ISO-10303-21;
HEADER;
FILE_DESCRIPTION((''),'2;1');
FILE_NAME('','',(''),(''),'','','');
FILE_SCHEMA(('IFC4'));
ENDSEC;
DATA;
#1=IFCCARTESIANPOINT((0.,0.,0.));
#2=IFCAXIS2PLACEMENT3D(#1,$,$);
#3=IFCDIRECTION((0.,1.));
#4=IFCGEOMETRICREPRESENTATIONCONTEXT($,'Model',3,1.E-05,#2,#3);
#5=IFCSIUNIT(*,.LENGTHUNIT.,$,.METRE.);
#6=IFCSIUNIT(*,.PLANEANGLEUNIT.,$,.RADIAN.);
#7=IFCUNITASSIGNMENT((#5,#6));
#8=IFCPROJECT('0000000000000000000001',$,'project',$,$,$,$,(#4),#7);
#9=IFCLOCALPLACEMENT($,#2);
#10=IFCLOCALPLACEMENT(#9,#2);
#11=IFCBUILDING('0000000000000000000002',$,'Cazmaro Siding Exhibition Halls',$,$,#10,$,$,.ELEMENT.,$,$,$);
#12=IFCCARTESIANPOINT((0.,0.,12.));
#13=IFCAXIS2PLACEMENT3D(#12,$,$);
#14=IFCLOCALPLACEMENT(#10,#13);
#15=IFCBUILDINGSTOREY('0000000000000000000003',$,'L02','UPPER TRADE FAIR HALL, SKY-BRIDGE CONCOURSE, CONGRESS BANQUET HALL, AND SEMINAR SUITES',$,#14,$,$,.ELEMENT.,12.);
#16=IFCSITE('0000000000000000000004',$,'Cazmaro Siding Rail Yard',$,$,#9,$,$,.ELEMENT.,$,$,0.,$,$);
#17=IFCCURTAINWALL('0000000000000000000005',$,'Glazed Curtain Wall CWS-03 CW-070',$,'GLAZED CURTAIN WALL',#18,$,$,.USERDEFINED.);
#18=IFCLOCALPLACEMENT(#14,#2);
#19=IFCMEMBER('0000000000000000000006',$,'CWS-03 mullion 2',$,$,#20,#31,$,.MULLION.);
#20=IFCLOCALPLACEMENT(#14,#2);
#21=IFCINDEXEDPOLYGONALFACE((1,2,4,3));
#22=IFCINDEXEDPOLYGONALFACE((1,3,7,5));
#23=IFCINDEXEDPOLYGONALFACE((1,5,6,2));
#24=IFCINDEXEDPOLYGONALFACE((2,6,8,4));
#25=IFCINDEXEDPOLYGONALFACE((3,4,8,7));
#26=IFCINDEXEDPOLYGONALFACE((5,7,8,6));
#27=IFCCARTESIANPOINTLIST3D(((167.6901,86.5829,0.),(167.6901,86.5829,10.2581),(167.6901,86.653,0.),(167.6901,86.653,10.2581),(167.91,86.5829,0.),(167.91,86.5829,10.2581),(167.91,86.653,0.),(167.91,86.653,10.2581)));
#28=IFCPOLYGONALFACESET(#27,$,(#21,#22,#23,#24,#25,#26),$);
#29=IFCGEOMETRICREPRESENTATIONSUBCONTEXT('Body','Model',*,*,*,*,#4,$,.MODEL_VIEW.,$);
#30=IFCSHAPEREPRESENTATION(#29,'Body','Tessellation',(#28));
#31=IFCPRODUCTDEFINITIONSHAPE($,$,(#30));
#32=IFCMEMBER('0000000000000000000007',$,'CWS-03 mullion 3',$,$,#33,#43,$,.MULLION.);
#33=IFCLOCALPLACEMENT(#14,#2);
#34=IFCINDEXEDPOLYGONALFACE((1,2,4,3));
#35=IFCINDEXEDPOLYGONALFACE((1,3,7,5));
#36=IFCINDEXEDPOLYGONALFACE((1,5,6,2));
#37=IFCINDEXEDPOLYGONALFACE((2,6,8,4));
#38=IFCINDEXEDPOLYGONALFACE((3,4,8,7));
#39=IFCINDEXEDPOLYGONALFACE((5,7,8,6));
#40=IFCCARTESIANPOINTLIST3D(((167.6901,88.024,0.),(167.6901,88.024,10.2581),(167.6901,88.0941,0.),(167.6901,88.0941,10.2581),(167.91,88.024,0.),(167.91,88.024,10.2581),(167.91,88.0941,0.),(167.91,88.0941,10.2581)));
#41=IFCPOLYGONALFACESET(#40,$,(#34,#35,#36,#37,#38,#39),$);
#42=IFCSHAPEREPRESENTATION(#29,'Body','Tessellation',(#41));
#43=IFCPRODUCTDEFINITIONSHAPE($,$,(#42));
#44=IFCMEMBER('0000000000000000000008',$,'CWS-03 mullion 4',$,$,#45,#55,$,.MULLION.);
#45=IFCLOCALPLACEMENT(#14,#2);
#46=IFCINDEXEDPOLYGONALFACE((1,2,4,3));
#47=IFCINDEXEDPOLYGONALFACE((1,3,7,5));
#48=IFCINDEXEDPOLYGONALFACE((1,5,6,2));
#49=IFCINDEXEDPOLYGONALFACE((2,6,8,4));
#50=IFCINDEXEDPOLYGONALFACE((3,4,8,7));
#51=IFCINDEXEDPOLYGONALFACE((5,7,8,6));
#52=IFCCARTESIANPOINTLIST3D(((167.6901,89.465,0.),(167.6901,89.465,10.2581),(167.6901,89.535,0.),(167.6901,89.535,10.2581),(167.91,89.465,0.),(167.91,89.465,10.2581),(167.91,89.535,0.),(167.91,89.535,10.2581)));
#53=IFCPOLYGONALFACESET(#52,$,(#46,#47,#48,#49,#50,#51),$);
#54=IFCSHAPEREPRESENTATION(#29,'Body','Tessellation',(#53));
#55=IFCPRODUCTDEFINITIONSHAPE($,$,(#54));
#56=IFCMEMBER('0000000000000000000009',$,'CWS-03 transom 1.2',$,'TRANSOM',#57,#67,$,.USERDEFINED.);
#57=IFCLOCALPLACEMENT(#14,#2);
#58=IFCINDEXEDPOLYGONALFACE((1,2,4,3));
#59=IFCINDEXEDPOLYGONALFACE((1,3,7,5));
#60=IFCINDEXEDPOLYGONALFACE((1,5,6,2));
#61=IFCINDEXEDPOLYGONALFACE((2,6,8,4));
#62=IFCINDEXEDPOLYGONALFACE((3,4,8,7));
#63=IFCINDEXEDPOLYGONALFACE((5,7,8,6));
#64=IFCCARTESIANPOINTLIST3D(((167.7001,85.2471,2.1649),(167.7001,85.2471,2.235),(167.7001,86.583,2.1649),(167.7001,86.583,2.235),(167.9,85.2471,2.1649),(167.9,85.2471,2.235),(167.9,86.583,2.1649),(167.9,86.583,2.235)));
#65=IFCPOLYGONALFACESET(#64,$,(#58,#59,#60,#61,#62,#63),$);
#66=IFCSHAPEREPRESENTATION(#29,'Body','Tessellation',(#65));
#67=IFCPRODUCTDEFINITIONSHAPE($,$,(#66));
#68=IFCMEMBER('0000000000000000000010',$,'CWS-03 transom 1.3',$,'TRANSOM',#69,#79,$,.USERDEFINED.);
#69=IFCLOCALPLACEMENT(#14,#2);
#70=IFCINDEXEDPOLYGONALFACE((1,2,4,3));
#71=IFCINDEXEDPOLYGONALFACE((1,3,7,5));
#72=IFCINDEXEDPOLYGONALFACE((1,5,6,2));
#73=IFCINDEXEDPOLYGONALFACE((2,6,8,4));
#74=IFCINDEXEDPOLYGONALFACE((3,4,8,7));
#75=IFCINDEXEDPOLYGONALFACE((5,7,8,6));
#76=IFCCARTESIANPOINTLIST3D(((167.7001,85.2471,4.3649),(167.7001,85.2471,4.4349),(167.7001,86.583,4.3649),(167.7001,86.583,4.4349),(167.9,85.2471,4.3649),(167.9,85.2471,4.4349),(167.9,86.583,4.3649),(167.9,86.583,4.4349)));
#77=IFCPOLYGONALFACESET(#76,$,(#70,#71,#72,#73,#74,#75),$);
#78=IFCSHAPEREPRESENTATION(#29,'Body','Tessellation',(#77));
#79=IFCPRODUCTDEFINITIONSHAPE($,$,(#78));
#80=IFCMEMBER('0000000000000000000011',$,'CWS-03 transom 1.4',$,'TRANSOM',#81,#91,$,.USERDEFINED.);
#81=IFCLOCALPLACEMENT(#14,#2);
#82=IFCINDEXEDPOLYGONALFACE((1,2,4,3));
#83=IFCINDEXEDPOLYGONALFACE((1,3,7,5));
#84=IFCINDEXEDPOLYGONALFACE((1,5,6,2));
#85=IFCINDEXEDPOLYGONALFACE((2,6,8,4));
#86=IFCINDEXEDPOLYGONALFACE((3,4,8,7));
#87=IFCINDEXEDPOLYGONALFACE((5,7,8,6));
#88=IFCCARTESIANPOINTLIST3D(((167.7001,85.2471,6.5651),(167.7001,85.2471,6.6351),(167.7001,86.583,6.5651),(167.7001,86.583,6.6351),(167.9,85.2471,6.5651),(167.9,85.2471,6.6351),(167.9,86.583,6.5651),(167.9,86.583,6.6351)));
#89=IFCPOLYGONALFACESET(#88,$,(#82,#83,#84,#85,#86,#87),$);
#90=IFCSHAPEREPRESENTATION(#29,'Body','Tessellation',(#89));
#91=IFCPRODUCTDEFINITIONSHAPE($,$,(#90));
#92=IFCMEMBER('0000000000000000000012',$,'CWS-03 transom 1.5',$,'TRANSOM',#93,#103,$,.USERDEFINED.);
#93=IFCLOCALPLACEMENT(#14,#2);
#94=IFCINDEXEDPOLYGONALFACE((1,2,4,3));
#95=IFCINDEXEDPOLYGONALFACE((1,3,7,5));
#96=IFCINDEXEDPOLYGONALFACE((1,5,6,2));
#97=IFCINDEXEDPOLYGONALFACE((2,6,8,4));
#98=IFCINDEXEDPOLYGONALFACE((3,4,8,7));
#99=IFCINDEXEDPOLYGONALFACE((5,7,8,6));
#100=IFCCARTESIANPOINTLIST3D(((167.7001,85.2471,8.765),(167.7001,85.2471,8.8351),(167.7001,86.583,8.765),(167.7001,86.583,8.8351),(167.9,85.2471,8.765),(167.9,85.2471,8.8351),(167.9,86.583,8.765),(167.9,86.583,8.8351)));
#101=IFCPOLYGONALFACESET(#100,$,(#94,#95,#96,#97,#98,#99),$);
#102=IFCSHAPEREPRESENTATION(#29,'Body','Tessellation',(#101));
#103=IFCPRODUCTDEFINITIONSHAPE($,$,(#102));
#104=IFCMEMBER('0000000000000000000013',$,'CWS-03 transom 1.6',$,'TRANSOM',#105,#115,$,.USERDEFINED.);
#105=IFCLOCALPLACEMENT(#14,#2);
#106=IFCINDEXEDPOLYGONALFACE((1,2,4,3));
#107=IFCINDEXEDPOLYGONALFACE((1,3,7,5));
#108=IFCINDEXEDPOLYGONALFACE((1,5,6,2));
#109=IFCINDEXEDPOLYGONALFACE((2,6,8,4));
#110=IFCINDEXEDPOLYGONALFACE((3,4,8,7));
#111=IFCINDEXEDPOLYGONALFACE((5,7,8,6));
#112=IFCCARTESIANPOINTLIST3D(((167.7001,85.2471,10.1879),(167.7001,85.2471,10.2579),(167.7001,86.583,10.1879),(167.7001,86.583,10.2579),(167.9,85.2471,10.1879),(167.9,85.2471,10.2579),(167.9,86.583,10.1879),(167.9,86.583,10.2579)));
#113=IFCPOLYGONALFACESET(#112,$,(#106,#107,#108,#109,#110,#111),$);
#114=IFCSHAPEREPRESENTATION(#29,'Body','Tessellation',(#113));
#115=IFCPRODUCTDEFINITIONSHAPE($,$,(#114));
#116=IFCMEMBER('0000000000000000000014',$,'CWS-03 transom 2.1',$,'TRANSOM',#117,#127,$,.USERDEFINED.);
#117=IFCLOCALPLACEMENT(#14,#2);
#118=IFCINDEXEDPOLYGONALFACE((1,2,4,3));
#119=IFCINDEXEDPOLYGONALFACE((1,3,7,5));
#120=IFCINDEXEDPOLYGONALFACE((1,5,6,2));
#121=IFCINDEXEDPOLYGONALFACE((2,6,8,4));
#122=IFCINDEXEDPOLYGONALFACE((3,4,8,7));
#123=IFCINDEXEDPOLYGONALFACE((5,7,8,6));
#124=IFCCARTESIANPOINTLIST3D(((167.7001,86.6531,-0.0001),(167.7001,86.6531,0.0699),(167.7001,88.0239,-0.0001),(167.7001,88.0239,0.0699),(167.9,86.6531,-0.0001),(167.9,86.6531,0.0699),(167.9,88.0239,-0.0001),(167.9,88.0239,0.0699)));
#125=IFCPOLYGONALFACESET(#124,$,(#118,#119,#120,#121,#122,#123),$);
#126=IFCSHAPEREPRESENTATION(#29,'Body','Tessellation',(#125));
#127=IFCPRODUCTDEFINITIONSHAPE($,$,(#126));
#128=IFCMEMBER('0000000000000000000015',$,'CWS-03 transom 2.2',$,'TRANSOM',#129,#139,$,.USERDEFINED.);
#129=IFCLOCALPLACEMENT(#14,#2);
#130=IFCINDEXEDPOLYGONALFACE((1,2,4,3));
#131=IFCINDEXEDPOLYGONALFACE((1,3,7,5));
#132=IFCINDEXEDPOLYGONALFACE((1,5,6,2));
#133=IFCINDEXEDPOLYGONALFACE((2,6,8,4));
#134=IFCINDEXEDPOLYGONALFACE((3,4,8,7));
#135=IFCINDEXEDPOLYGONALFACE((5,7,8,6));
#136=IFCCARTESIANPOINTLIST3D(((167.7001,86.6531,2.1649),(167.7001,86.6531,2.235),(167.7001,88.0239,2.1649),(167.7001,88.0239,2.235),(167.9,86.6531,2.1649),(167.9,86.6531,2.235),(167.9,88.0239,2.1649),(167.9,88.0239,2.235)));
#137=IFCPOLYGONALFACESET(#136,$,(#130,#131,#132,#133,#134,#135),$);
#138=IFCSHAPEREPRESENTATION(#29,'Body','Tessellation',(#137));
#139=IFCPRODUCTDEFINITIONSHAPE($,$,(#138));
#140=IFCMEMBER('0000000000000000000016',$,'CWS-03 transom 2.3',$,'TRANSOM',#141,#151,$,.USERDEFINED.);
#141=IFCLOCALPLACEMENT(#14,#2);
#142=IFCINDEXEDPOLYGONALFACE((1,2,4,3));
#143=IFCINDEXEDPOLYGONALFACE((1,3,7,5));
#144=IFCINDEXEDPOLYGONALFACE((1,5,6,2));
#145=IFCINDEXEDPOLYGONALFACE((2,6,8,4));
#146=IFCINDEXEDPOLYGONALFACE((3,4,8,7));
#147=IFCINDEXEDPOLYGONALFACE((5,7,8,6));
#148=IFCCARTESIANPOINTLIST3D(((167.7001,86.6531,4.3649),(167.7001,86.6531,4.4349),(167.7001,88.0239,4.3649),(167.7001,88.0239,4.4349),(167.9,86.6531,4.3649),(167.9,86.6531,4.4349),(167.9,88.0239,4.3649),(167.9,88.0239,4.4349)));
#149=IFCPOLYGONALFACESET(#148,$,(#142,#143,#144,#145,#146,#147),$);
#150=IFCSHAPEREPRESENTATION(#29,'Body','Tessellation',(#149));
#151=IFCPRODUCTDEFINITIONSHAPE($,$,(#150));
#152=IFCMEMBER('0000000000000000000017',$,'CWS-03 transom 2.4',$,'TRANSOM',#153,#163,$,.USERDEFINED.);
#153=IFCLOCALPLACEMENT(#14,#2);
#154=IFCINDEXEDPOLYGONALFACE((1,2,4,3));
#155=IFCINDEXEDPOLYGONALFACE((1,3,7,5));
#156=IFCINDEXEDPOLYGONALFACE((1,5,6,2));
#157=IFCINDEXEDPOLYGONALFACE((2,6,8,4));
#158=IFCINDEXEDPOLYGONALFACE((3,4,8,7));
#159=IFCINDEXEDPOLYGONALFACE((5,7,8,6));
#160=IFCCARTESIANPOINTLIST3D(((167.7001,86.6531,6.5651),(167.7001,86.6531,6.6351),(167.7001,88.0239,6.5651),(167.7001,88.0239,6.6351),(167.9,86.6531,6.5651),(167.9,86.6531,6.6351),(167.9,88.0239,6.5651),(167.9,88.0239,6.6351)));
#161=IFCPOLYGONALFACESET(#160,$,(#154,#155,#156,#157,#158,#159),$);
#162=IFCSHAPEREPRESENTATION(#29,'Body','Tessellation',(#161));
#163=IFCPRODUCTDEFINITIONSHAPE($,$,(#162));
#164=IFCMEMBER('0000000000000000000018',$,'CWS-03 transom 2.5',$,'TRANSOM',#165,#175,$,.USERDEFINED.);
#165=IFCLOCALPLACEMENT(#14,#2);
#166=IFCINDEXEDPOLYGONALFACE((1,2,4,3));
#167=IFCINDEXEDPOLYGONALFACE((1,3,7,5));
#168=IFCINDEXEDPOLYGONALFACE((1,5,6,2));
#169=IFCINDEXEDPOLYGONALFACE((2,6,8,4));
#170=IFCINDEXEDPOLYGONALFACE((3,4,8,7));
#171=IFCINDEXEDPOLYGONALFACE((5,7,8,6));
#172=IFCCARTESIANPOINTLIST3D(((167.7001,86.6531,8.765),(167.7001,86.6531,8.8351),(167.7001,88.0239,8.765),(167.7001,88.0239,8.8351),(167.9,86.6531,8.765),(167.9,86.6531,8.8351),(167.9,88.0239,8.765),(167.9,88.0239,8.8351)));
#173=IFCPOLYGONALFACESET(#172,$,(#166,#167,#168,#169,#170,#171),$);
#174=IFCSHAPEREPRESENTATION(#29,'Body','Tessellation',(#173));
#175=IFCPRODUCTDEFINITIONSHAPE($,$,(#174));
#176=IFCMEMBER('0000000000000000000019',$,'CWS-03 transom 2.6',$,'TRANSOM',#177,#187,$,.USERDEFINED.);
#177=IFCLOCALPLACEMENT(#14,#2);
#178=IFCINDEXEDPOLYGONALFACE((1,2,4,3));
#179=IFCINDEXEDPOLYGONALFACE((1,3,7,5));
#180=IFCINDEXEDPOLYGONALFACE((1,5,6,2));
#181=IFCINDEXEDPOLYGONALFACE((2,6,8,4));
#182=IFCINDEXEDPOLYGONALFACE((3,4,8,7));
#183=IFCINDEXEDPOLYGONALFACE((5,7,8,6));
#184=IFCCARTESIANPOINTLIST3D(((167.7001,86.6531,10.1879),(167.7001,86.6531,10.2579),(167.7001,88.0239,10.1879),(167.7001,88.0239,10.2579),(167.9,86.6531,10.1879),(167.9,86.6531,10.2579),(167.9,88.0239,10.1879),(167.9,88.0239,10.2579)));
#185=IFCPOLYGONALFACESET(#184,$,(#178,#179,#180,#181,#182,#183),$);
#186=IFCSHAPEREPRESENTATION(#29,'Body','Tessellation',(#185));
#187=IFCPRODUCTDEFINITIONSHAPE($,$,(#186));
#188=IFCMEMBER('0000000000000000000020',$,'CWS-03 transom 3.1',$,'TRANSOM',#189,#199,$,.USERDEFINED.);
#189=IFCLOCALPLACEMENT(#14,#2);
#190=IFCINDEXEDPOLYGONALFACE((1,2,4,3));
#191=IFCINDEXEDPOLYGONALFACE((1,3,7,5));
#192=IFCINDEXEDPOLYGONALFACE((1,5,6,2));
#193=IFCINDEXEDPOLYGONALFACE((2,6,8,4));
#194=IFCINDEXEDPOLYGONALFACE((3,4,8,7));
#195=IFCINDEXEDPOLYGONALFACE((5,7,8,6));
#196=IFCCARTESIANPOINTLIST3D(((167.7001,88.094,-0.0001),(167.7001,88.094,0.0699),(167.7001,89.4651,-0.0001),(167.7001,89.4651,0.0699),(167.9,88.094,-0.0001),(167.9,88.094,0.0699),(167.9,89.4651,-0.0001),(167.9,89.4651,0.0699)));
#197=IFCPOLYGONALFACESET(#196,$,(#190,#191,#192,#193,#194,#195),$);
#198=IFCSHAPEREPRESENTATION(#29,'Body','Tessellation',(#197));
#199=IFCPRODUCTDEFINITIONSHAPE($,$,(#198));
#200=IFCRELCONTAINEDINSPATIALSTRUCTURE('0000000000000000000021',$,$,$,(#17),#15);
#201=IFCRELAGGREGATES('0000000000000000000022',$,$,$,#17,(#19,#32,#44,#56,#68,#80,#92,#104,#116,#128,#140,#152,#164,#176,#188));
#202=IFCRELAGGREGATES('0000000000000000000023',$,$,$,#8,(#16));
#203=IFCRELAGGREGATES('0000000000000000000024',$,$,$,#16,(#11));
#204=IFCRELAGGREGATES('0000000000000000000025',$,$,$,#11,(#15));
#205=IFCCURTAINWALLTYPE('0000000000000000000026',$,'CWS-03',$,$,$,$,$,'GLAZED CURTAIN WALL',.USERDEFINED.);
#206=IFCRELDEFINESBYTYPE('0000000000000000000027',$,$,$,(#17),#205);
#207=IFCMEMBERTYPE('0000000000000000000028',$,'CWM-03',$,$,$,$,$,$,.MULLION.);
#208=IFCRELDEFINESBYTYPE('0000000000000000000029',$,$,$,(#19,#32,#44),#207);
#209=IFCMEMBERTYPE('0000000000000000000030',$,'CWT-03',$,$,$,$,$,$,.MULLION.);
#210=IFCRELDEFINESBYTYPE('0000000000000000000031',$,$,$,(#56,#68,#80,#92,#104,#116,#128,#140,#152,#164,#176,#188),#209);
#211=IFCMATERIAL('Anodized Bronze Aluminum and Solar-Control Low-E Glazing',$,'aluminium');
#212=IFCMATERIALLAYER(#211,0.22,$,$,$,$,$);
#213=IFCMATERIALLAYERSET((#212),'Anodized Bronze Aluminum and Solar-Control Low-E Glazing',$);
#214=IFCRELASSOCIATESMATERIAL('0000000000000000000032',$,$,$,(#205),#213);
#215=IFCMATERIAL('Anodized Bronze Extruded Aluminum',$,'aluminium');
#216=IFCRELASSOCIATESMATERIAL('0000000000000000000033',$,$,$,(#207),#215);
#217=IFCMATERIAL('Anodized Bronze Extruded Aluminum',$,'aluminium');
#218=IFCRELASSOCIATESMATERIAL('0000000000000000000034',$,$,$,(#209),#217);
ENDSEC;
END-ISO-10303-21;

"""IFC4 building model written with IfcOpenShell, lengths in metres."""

from ifc_helpers import new_model, si_unit, direction, frame, origin, origin_2d, place, context, subcontext, project, spatial, rectangle, extrude, material, layer, layer_set, material_profile, profile_set, type_object, element, aggregate, save


model = new_model("IFC4")

# Units and contexts
model_context = context("Model", 3, precision=1e-05, world=origin(), true_north=direction((0.0, 1.0)))
body_context = subcontext(model_context, "Body", "Model", "MODEL_VIEW")
ifc_project = project(units=[si_unit("LENGTHUNIT", "METRE"), si_unit("PLANEANGLEUNIT", "RADIAN")], contexts=[model_context])

# Site, building, storey
site_placement = place(None, origin())
site = spatial("IfcSite", under=ifc_project, at=site_placement, Name="Cazmaro Siding Rail Yard", CompositionType="ELEMENT", RefElevation=0.0)
building_placement = place(site_placement, origin())
building = spatial("IfcBuilding", under=site, at=building_placement, Name="Cazmaro Siding Exhibition Halls", CompositionType="ELEMENT")
storey_placement = place(building_placement, frame((0.0, 0.0, 12.0)))
storey = spatial("IfcBuildingStorey", under=building, at=storey_placement, Name="L02", Description="UPPER TRADE FAIR HALL, SKY-BRIDGE CONCOURSE, CONGRESS BANQUET HALL, AND SEMINAR SUITES", CompositionType="ELEMENT", Elevation=12.0)

# Curtain wall, members
ifc_material_1 = material(Name="Anodized Bronze Aluminum and Solar-Control Low-E Glazing", Category="aluminium")
ifc_layer_1 = layer(ifc_material_1, 0.22)
ifc_layer_set_1 = layer_set([ifc_layer_1], Name="Anodized Bronze Aluminum and Solar-Control Low-E Glazing")
curtain_wall_type = type_object("IfcCurtainWallType", Name="CWS-03", ElementType="GLAZED CURTAIN WALL", PredefinedType="USERDEFINED", material=ifc_layer_set_1)
curtain_wall_placement = place(storey_placement, origin())
curtain_wall = element("IfcCurtainWall", 1, at=curtain_wall_placement, inside=storey, type_object=curtain_wall_type, Name="Glazed Curtain Wall CWS-03 CW-070", ObjectType="GLAZED CURTAIN WALL", PredefinedType="USERDEFINED")
ifc_material_2 = material(Name="Anodized Bronze Extruded Aluminum", Category="aluminium")
ifc_material_profile_1 = material_profile(ifc_material_2, rectangle(XDim=0.22, YDim=0.0701, at=origin_2d()), Name="CWM-03")
ifc_profile_set_1 = profile_set([ifc_material_profile_1], Name="Anodized Bronze Extruded Aluminum")
member_type_1 = type_object("IfcMemberType", Name="CWM-03", PredefinedType="MULLION", material=ifc_profile_set_1)
member_1_placement = place(storey_placement, frame((167.8, 86.6179, 0.0), z_axis=(0.0, 0.0, 1.0), x_axis=(-1.0, 0.0, 0.0)))
member_1 = element("IfcMember", 2, at=member_1_placement, type_object=member_type_1, Name="CWS-03 mullion 2", PredefinedType="MULLION", context=body_context, shape_type="SweptSolid", body=[
    extrude(rectangle(XDim=0.22, YDim=0.0701, at=origin_2d()), origin(), (0.0, 0.0, 1.0), 10.2581),
])
member_2_placement = place(storey_placement, frame((167.8, 88.0591, 0.0), z_axis=(0.0, 0.0, 1.0), x_axis=(-1.0, 0.0, 0.0)))
member_2 = element("IfcMember", 3, at=member_2_placement, type_object=member_type_1, Name="CWS-03 mullion 3", PredefinedType="MULLION", context=body_context, shape_type="SweptSolid", body=[
    extrude(rectangle(XDim=0.22, YDim=0.0701, at=origin_2d()), origin(), (0.0, 0.0, 1.0), 10.2581),
])
member_3_placement = place(storey_placement, frame((167.8, 89.5, 0.0), z_axis=(0.0, 0.0, 1.0), x_axis=(-1.0, 0.0, 0.0)))
member_3 = element("IfcMember", 4, at=member_3_placement, type_object=member_type_1, Name="CWS-03 mullion 4", PredefinedType="MULLION", context=body_context, shape_type="SweptSolid", body=[
    extrude(rectangle(XDim=0.22, YDim=0.0701, at=origin_2d()), origin(), (0.0, 0.0, 1.0), 10.2581),
])
ifc_material_3 = material(Name="Anodized Bronze Extruded Aluminum", Category="aluminium")
ifc_material_profile_2 = material_profile(ifc_material_3, rectangle(XDim=0.2, YDim=0.0701, at=origin_2d()), Name="CWT-03")
ifc_profile_set_2 = profile_set([ifc_material_profile_2], Name="Anodized Bronze Extruded Aluminum")
member_type_2 = type_object("IfcMemberType", Name="CWT-03", PredefinedType="MULLION", material=ifc_profile_set_2)
member_4_placement = place(storey_placement, frame((167.8, 85.2471, 2.2), z_axis=(0.0, 1.0, 0.0), x_axis=(-1.0, 0.0, 0.0)))
member_4 = element("IfcMember", 5, at=member_4_placement, type_object=member_type_2, Name="CWS-03 transom 1.2", ObjectType="TRANSOM", PredefinedType="USERDEFINED", context=body_context, shape_type="SweptSolid", body=[
    extrude(rectangle(XDim=0.2, YDim=0.0701, at=origin_2d()), origin(), (0.0, 0.0, 1.0), 1.3359),
])
member_5_placement = place(storey_placement, frame((167.8, 85.2471, 4.3999), z_axis=(0.0, 1.0, 0.0), x_axis=(-1.0, 0.0, 0.0)))
member_5 = element("IfcMember", 6, at=member_5_placement, type_object=member_type_2, Name="CWS-03 transom 1.3", ObjectType="TRANSOM", PredefinedType="USERDEFINED", context=body_context, shape_type="SweptSolid", body=[
    extrude(rectangle(XDim=0.2, YDim=0.0701, at=origin_2d()), origin(), (0.0, 0.0, 1.0), 1.3359),
])
member_6_placement = place(storey_placement, frame((167.8, 85.2471, 6.6001), z_axis=(0.0, 1.0, 0.0), x_axis=(-1.0, 0.0, 0.0)))
member_6 = element("IfcMember", 7, at=member_6_placement, type_object=member_type_2, Name="CWS-03 transom 1.4", ObjectType="TRANSOM", PredefinedType="USERDEFINED", context=body_context, shape_type="SweptSolid", body=[
    extrude(rectangle(XDim=0.2, YDim=0.0701, at=origin_2d()), origin(), (0.0, 0.0, 1.0), 1.3359),
])
member_7_placement = place(storey_placement, frame((167.8, 85.2471, 8.8), z_axis=(0.0, 1.0, 0.0), x_axis=(-1.0, 0.0, 0.0)))
member_7 = element("IfcMember", 8, at=member_7_placement, type_object=member_type_2, Name="CWS-03 transom 1.5", ObjectType="TRANSOM", PredefinedType="USERDEFINED", context=body_context, shape_type="SweptSolid", body=[
    extrude(rectangle(XDim=0.2, YDim=0.0701, at=origin_2d()), origin(), (0.0, 0.0, 1.0), 1.3359),
])
member_8_placement = place(storey_placement, frame((167.8, 85.2471, 10.2229), z_axis=(0.0, 1.0, 0.0), x_axis=(-1.0, 0.0, 0.0)))
member_8 = element("IfcMember", 9, at=member_8_placement, type_object=member_type_2, Name="CWS-03 transom 1.6", ObjectType="TRANSOM", PredefinedType="USERDEFINED", context=body_context, shape_type="SweptSolid", body=[
    extrude(rectangle(XDim=0.2, YDim=0.0701, at=origin_2d()), origin(), (0.0, 0.0, 1.0), 1.3359),
])
member_9_placement = place(storey_placement, frame((167.8, 86.6531, 0.0349), z_axis=(0.0, 1.0, 0.0), x_axis=(-1.0, 0.0, 0.0)))
member_9 = element("IfcMember", 10, at=member_9_placement, type_object=member_type_2, Name="CWS-03 transom 2.1", ObjectType="TRANSOM", PredefinedType="USERDEFINED", context=body_context, shape_type="SweptSolid", body=[
    extrude(rectangle(XDim=0.2, YDim=0.0701, at=origin_2d()), origin(), (0.0, 0.0, 1.0), 1.3708),
])
member_10_placement = place(storey_placement, frame((167.8, 86.6531, 2.2), z_axis=(0.0, 1.0, 0.0), x_axis=(-1.0, 0.0, 0.0)))
member_10 = element("IfcMember", 11, at=member_10_placement, type_object=member_type_2, Name="CWS-03 transom 2.2", ObjectType="TRANSOM", PredefinedType="USERDEFINED", context=body_context, shape_type="SweptSolid", body=[
    extrude(rectangle(XDim=0.2, YDim=0.0701, at=origin_2d()), origin(), (0.0, 0.0, 1.0), 1.3708),
])
member_11_placement = place(storey_placement, frame((167.8, 86.6531, 4.3999), z_axis=(0.0, 1.0, 0.0), x_axis=(-1.0, 0.0, 0.0)))
member_11 = element("IfcMember", 12, at=member_11_placement, type_object=member_type_2, Name="CWS-03 transom 2.3", ObjectType="TRANSOM", PredefinedType="USERDEFINED", context=body_context, shape_type="SweptSolid", body=[
    extrude(rectangle(XDim=0.2, YDim=0.0701, at=origin_2d()), origin(), (0.0, 0.0, 1.0), 1.3708),
])
member_12_placement = place(storey_placement, frame((167.8, 86.6531, 6.6001), z_axis=(0.0, 1.0, 0.0), x_axis=(-1.0, 0.0, 0.0)))
member_12 = element("IfcMember", 13, at=member_12_placement, type_object=member_type_2, Name="CWS-03 transom 2.4", ObjectType="TRANSOM", PredefinedType="USERDEFINED", context=body_context, shape_type="SweptSolid", body=[
    extrude(rectangle(XDim=0.2, YDim=0.0701, at=origin_2d()), origin(), (0.0, 0.0, 1.0), 1.3708),
])
member_13_placement = place(storey_placement, frame((167.8, 86.6531, 8.8), z_axis=(0.0, 1.0, 0.0), x_axis=(-1.0, 0.0, 0.0)))
member_13 = element("IfcMember", 14, at=member_13_placement, type_object=member_type_2, Name="CWS-03 transom 2.5", ObjectType="TRANSOM", PredefinedType="USERDEFINED", context=body_context, shape_type="SweptSolid", body=[
    extrude(rectangle(XDim=0.2, YDim=0.0701, at=origin_2d()), origin(), (0.0, 0.0, 1.0), 1.3708),
])
member_14_placement = place(storey_placement, frame((167.8, 86.6531, 10.2229), z_axis=(0.0, 1.0, 0.0), x_axis=(-1.0, 0.0, 0.0)))
member_14 = element("IfcMember", 15, at=member_14_placement, type_object=member_type_2, Name="CWS-03 transom 2.6", ObjectType="TRANSOM", PredefinedType="USERDEFINED", context=body_context, shape_type="SweptSolid", body=[
    extrude(rectangle(XDim=0.2, YDim=0.0701, at=origin_2d()), origin(), (0.0, 0.0, 1.0), 1.3708),
])
member_15_placement = place(storey_placement, frame((167.8, 88.094, 0.0349), z_axis=(0.0, 1.0, 0.0), x_axis=(-1.0, 0.0, 0.0)))
member_15 = element("IfcMember", 16, at=member_15_placement, type_object=member_type_2, Name="CWS-03 transom 3.1", ObjectType="TRANSOM", PredefinedType="USERDEFINED", context=body_context, shape_type="SweptSolid", body=[
    extrude(rectangle(XDim=0.2, YDim=0.0701, at=origin_2d()), origin(), (0.0, 0.0, 1.0), 1.3711),
])
aggregate(curtain_wall, [member_1, member_2, member_3, member_4, member_5, member_6, member_7, member_8, member_9, member_10, member_11, member_12, member_13, member_14, member_15])

save(model, "model.ifc")
